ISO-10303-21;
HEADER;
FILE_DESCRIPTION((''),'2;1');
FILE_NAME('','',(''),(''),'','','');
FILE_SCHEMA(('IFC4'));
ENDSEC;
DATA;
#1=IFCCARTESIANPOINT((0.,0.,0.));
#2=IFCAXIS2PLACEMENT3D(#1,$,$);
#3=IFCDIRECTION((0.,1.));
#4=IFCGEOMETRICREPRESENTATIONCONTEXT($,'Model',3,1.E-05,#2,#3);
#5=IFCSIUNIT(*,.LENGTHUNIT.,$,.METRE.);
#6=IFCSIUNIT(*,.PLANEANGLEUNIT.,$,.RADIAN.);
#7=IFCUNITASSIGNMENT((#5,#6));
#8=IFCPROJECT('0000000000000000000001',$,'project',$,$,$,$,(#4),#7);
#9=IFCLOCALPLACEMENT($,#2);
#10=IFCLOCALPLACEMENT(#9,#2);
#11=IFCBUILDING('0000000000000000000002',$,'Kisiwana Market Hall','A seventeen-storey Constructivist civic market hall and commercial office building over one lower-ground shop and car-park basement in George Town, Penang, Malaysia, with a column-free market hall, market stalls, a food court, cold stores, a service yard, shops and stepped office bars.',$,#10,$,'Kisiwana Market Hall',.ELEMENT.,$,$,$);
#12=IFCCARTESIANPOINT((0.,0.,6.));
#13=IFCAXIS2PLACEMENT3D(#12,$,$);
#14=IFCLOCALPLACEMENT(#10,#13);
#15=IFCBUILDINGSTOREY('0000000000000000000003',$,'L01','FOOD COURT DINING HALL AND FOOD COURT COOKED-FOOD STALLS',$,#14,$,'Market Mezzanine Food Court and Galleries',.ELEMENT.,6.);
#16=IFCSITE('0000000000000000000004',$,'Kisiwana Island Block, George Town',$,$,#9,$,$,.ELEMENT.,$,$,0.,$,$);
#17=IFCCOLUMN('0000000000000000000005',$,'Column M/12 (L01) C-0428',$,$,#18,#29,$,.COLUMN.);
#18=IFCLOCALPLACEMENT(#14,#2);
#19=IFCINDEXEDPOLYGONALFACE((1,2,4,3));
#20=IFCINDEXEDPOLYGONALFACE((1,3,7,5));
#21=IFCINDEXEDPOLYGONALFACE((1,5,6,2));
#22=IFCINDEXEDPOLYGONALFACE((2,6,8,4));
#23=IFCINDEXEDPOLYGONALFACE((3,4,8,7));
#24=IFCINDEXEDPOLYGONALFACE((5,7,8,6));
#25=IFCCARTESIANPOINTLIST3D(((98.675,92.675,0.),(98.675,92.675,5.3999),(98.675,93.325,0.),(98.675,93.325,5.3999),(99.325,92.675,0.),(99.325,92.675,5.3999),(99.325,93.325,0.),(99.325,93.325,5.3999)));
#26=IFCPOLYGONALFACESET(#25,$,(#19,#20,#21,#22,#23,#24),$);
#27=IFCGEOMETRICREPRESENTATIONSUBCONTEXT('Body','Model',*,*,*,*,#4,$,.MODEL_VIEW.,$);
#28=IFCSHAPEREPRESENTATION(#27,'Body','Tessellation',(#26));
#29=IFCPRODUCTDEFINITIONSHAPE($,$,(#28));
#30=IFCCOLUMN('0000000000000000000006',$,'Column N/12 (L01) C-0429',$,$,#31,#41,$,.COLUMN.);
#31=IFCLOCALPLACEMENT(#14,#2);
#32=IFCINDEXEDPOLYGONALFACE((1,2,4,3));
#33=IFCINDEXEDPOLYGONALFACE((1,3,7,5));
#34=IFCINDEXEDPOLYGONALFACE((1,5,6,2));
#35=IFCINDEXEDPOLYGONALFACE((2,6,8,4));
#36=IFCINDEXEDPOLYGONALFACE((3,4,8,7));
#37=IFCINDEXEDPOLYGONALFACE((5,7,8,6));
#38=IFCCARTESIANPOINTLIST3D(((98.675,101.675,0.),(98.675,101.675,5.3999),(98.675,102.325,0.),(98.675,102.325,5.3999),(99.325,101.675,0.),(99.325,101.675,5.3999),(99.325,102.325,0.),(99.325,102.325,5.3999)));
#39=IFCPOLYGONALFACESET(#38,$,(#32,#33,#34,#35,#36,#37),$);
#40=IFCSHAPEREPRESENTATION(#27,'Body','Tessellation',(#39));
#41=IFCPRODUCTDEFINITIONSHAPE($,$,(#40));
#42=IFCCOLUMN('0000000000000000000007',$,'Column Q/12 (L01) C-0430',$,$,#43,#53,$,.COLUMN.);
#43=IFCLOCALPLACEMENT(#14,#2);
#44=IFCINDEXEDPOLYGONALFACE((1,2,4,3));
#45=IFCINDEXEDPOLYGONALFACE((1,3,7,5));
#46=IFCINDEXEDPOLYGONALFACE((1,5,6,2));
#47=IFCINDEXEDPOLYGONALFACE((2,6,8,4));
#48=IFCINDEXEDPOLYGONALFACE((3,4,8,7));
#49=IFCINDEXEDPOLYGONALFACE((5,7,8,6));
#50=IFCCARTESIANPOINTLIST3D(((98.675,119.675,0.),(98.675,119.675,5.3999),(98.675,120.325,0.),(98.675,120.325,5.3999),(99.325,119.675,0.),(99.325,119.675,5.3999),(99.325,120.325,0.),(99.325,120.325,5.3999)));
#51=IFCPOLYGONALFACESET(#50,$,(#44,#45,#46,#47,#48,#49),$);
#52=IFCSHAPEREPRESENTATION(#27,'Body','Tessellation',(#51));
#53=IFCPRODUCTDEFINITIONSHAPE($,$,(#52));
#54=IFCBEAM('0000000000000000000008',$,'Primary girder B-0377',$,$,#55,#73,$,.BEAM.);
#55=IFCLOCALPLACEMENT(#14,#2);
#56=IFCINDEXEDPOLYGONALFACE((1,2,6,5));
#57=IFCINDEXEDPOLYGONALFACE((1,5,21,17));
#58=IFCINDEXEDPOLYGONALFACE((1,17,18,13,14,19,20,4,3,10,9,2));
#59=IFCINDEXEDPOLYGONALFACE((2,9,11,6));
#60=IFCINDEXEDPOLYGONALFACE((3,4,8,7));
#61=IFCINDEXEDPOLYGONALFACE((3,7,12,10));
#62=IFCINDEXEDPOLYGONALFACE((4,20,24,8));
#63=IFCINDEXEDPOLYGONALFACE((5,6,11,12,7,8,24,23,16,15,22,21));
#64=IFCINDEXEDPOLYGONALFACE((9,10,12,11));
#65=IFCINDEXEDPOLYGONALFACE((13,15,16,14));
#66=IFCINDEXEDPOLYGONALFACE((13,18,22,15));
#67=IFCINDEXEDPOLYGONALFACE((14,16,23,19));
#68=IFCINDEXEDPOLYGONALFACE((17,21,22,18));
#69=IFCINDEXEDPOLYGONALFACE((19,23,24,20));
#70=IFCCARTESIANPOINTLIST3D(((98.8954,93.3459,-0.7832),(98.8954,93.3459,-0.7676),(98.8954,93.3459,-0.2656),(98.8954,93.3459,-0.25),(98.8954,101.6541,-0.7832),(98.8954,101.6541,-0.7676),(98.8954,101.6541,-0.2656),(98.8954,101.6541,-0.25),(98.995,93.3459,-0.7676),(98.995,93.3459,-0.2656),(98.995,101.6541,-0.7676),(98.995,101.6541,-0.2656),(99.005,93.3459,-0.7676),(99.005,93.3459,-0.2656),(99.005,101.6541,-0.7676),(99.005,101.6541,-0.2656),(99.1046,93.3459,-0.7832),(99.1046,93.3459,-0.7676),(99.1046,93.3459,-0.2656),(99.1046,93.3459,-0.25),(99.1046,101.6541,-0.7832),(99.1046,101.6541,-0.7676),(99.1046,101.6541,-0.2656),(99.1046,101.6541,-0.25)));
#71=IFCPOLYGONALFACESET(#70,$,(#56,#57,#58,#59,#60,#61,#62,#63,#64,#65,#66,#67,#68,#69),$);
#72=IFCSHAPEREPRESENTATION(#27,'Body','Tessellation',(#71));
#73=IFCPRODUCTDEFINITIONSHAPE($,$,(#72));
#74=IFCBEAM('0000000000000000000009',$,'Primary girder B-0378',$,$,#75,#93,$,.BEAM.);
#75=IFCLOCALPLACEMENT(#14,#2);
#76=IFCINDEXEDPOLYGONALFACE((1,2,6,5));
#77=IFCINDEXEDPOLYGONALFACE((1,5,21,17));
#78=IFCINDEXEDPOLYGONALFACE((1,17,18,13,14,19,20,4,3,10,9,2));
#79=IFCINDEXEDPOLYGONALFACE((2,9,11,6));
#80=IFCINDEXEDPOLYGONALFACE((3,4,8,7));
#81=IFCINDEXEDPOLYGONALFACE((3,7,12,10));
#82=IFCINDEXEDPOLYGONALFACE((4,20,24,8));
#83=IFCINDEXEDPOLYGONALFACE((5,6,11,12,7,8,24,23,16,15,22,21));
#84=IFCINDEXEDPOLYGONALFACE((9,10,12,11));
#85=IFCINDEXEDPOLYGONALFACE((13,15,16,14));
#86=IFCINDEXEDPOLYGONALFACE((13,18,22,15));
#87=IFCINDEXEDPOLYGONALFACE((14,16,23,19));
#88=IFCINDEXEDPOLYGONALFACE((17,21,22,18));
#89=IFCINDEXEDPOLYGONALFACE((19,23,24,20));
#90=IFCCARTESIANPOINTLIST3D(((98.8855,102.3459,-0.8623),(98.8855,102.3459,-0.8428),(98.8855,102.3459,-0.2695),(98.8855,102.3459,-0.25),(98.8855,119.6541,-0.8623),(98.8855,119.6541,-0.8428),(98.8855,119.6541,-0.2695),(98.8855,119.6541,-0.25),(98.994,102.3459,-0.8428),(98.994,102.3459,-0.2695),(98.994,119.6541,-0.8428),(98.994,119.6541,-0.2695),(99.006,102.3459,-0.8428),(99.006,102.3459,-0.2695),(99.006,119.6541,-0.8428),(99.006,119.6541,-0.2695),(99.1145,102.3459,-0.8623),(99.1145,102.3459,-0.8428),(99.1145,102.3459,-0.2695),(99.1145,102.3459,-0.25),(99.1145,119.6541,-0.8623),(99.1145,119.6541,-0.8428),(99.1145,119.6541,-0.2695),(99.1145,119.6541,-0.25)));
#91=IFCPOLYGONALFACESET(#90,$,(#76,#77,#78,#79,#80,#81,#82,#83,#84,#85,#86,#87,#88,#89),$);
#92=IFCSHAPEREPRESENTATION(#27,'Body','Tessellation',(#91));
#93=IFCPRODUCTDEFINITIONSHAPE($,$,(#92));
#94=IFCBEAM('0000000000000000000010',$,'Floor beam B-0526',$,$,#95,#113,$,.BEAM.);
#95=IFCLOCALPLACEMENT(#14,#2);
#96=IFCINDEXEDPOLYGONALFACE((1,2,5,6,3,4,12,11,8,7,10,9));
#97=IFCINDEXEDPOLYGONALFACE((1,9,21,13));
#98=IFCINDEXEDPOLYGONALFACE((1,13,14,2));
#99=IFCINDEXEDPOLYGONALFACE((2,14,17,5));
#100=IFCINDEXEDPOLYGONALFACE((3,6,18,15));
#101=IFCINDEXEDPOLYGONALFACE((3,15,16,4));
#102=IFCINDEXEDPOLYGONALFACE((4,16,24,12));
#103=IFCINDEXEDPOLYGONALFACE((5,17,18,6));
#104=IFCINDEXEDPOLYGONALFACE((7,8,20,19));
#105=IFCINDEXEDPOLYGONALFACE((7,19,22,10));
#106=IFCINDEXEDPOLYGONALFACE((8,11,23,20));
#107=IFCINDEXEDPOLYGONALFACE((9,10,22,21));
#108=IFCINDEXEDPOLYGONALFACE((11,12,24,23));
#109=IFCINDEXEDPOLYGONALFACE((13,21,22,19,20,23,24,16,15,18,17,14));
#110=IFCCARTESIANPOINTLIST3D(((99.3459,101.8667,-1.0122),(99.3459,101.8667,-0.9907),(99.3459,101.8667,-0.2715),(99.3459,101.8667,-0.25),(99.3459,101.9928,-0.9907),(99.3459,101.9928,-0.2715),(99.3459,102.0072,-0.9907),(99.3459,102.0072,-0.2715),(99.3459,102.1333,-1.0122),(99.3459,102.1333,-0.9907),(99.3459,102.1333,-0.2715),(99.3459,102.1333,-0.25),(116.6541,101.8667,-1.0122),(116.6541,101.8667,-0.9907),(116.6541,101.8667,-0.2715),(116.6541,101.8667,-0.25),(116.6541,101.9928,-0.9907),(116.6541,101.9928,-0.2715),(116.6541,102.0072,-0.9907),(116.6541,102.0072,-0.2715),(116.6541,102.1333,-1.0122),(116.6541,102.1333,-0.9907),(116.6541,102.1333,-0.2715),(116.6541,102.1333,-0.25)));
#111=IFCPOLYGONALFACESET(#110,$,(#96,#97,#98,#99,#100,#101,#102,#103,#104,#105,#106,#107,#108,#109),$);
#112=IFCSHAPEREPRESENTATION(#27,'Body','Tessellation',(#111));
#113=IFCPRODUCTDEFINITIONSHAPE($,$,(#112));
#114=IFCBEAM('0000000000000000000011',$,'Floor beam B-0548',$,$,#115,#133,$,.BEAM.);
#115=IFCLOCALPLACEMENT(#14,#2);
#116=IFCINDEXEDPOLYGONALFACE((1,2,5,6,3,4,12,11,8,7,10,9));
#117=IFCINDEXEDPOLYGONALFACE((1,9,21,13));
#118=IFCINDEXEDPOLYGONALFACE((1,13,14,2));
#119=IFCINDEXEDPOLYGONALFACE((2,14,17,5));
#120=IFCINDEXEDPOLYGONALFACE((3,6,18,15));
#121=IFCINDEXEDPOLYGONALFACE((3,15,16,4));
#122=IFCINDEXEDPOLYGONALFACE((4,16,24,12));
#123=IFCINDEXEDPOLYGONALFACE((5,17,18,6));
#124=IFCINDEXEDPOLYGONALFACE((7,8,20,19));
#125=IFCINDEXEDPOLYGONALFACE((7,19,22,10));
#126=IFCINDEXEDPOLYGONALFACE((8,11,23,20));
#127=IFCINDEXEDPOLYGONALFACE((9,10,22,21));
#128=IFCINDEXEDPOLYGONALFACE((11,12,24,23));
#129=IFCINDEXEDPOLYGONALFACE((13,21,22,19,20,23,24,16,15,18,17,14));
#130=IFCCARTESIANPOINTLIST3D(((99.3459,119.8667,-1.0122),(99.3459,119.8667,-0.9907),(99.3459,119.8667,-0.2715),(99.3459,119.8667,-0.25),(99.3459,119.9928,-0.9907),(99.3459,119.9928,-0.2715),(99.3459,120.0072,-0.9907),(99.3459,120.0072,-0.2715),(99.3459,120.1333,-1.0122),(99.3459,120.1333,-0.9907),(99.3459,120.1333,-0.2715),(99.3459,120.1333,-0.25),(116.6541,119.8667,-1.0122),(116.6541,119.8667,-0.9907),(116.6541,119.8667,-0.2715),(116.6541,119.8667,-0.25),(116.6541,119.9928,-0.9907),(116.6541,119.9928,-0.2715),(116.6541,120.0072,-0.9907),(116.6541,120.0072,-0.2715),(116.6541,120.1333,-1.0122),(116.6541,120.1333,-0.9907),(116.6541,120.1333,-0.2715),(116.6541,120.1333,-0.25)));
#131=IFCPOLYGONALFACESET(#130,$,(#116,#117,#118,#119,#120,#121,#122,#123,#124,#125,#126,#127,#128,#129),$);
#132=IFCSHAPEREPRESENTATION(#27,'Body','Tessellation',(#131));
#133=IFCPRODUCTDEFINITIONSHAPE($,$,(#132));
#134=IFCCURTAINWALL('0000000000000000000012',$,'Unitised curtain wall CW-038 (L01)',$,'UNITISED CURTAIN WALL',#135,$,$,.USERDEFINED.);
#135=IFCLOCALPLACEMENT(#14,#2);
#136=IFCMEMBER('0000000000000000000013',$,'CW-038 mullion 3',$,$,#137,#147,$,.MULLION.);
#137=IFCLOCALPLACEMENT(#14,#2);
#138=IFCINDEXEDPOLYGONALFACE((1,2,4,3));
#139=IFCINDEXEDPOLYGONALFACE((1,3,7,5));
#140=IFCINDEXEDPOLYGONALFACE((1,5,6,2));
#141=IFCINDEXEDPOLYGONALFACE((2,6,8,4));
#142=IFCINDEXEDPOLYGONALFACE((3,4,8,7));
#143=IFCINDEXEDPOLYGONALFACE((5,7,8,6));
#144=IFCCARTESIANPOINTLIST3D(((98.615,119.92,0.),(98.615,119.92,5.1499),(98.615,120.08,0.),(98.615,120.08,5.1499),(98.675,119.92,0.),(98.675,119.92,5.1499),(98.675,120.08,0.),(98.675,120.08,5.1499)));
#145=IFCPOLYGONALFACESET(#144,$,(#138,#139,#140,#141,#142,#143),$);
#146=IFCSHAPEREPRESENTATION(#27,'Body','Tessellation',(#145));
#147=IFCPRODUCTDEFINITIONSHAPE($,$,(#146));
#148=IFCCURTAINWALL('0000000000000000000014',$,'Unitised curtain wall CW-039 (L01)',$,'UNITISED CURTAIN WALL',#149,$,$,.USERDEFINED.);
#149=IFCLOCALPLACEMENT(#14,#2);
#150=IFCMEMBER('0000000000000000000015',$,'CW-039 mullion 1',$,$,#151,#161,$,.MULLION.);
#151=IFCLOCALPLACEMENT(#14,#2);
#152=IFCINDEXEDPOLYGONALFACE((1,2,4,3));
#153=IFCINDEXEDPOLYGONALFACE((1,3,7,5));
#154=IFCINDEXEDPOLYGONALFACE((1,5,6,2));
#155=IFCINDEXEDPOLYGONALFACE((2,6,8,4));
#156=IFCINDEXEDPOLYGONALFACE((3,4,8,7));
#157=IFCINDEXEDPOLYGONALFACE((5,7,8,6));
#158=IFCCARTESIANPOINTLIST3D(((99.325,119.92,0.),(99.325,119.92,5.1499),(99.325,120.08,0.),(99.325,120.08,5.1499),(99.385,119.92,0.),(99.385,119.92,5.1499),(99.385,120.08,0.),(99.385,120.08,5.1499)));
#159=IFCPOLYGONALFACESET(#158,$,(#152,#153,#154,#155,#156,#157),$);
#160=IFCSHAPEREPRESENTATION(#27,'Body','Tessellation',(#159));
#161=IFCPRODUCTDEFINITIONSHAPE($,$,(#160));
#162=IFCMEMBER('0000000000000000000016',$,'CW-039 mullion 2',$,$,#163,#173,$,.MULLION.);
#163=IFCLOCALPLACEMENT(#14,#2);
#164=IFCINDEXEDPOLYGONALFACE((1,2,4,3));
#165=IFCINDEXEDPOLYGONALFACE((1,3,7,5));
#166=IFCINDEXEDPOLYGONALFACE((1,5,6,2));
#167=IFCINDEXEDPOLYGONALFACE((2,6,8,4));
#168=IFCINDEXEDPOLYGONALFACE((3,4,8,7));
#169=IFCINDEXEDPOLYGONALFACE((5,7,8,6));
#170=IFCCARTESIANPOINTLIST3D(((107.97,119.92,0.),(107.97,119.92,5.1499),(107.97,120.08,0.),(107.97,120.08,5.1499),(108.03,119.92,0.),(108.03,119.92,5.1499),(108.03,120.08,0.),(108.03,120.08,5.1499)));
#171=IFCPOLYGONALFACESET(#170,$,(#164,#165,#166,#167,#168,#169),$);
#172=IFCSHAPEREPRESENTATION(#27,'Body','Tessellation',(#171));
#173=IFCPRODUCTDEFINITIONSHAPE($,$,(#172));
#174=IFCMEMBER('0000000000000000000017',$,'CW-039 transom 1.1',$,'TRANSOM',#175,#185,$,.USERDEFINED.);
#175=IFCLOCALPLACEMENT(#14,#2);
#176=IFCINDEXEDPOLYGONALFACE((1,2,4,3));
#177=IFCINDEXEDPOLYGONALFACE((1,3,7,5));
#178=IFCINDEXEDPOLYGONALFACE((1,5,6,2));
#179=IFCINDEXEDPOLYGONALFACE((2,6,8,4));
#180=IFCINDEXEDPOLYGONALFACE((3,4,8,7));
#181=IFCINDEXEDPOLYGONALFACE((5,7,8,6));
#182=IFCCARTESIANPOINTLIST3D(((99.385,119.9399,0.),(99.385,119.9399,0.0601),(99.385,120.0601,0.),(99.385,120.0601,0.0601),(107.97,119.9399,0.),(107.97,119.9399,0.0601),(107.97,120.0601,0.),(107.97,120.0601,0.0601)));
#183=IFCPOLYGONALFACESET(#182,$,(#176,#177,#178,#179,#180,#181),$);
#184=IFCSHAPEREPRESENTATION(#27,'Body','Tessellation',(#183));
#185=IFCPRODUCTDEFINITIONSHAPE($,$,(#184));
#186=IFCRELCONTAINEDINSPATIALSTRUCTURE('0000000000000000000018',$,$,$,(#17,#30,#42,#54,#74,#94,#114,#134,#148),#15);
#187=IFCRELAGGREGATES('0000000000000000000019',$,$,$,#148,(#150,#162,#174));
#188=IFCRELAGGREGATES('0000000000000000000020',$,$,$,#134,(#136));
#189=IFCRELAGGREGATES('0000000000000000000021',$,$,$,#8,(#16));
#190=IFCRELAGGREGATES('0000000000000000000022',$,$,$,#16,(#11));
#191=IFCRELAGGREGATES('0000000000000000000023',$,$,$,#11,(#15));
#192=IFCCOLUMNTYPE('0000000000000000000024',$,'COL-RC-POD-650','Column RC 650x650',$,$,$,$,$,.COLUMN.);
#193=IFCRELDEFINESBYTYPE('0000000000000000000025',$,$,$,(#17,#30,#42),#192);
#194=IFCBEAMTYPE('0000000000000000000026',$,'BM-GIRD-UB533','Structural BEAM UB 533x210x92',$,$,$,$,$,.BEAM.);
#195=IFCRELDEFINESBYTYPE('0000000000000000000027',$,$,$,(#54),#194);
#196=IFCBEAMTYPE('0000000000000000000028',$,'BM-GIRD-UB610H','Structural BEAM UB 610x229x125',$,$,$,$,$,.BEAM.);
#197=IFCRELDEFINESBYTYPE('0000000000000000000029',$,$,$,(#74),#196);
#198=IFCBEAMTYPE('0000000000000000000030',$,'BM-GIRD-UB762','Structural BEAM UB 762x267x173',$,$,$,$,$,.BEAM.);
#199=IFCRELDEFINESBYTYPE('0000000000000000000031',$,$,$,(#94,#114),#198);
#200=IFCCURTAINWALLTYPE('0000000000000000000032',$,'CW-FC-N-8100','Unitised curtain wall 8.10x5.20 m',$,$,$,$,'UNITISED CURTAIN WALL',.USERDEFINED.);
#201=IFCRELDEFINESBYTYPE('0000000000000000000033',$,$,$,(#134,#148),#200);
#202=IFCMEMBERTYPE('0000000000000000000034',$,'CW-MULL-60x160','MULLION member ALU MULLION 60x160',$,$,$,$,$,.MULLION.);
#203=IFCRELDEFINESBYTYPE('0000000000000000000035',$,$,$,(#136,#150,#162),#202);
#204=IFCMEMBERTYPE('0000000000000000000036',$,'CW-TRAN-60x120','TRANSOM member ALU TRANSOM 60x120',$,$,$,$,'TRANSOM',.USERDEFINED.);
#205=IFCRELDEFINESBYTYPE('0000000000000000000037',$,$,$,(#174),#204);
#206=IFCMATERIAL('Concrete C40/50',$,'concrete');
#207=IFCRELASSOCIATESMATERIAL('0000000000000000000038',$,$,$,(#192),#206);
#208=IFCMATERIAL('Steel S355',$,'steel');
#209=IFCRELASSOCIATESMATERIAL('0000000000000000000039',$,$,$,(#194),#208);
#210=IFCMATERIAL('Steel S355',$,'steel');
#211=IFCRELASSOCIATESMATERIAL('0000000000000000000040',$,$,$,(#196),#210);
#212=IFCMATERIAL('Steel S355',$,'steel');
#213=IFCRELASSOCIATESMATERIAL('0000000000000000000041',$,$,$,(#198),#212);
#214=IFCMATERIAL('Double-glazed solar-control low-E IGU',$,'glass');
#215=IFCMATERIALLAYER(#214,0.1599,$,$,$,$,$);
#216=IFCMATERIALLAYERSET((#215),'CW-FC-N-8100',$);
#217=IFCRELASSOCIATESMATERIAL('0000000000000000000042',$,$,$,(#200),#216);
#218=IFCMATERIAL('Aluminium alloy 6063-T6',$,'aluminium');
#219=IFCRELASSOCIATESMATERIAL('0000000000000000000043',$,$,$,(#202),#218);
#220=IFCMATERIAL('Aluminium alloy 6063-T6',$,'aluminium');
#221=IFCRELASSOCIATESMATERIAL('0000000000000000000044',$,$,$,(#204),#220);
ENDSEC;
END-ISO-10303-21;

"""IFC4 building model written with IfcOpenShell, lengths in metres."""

from ifc_helpers import new_model, si_unit, direction, frame, origin, origin_2d, place, context, subcontext, project, spatial, rectangle, i_section, extrude, material, layer, layer_set, material_profile, profile_set, type_object, element, aggregate, save


model = new_model("IFC4")

# Units and contexts
model_context = context("Model", 3, precision=1e-05, world=origin(), true_north=direction((0.0, 1.0)))
body_context = subcontext(model_context, "Body", "Model", "MODEL_VIEW")
ifc_project = project(units=[si_unit("LENGTHUNIT", "METRE"), si_unit("PLANEANGLEUNIT", "RADIAN")], contexts=[model_context])

# Site, building, storey
site_placement = place(None, origin())
site = spatial("IfcSite", under=ifc_project, at=site_placement, Name="Kisiwana Island Block, George Town", CompositionType="ELEMENT", RefElevation=0.0)
building_placement = place(site_placement, origin())
building = spatial("IfcBuilding", under=site, at=building_placement, Name="Kisiwana Market Hall", Description="A seventeen-storey Constructivist civic market hall and commercial office building over one lower-ground shop and car-park basement in George Town, Penang, Malaysia, with a column-free market hall, market stalls, a food court, cold stores, a service yard, shops and stepped office bars.", LongName="Kisiwana Market Hall", CompositionType="ELEMENT")
storey_placement = place(building_placement, frame((0.0, 0.0, 6.0)))
storey = spatial("IfcBuildingStorey", under=building, at=storey_placement, Name="L01", Description="FOOD COURT DINING HALL AND FOOD COURT COOKED-FOOD STALLS", LongName="Market Mezzanine Food Court and Galleries", CompositionType="ELEMENT", Elevation=6.0)

# Columns
ifc_material_1 = material(Name="Concrete C40/50", Category="concrete")
ifc_material_profile_1 = material_profile(ifc_material_1, rectangle(XDim=0.6499, YDim=0.6499, at=origin_2d()), Name="RC 650x650")
ifc_profile_set_1 = profile_set([ifc_material_profile_1], Name="Concrete C40/50")
column_type = type_object("IfcColumnType", Name="COL-RC-POD-650", Description="Column RC 650x650", PredefinedType="COLUMN", material=ifc_profile_set_1)
for number, where, z_axis, x_axis, name in (
    (1, (99.0, 93.0, 0.0), (0.0, 0.0, 1.0), (1.0, 0.0, 0.0), "Column M/12 (L01) C-0428"),
    (2, (99.0, 102.0, 0.0), (0.0, 0.0, 1.0), (1.0, 0.0, 0.0), "Column N/12 (L01) C-0429"),
    (3, (99.0, 120.0, 0.0), (0.0, 0.0, 1.0), (1.0, 0.0, 0.0), "Column Q/12 (L01) C-0430"),
):
    element("IfcColumn", number, at=place(storey_placement, frame(where, z_axis=z_axis, x_axis=x_axis)), inside=storey, type_object=column_type, Name=name, PredefinedType="COLUMN", context=body_context, shape_type="SweptSolid", body=[
        extrude(rectangle(XDim=0.6499, YDim=0.6499, at=origin_2d()), origin(), (0.0, 0.0, 1.0), 5.3999),
    ])

# Beams
ifc_material_2 = material(Name="Steel S355", Category="steel")
ifc_material_profile_2 = material_profile(ifc_material_2, i_section(OverallWidth=0.2092, OverallDepth=0.5332, WebThickness=0.01, FlangeThickness=0.0156, at=origin_2d()), Name="UB 533x210x92")
ifc_profile_set_2 = profile_set([ifc_material_profile_2], Name="Steel S355")
beam_type_1 = type_object("IfcBeamType", Name="BM-GIRD-UB533", Description="Structural BEAM UB 533x210x92", PredefinedType="BEAM", material=ifc_profile_set_2)
beam_1_placement = place(storey_placement, frame((99.0, 93.3459, -0.5166), z_axis=(0.0, 1.0, 0.0), x_axis=(-1.0, 0.0, 0.0)))
element("IfcBeam", 4, at=beam_1_placement, inside=storey, type_object=beam_type_1, Name="Primary girder B-0377", PredefinedType="BEAM", context=body_context, shape_type="SweptSolid", body=[
    extrude(i_section(OverallWidth=0.2092, OverallDepth=0.5332, WebThickness=0.01, FlangeThickness=0.0156, at=origin_2d()), origin(), (0.0, 0.0, 1.0), 8.3081),
])
ifc_material_3 = material(Name="Steel S355", Category="steel")
ifc_material_profile_3 = material_profile(ifc_material_3, i_section(OverallWidth=0.229, OverallDepth=0.6123, WebThickness=0.012, FlangeThickness=0.0195, at=origin_2d()), Name="UB 610x229x125")
ifc_profile_set_3 = profile_set([ifc_material_profile_3], Name="Steel S355")
beam_type_2 = type_object("IfcBeamType", Name="BM-GIRD-UB610H", Description="Structural BEAM UB 610x229x125", PredefinedType="BEAM", material=ifc_profile_set_3)
beam_2_placement = place(storey_placement, frame((99.0, 102.3459, -0.5562), z_axis=(0.0, 1.0, 0.0), x_axis=(-1.0, 0.0, 0.0)))
element("IfcBeam", 5, at=beam_2_placement, inside=storey, type_object=beam_type_2, Name="Primary girder B-0378", PredefinedType="BEAM", context=body_context, shape_type="SweptSolid", body=[
    extrude(i_section(OverallWidth=0.229, OverallDepth=0.6123, WebThickness=0.012, FlangeThickness=0.0195, at=origin_2d()), origin(), (0.0, 0.0, 1.0), 17.3081),
])
ifc_material_4 = material(Name="Steel S355", Category="steel")
ifc_material_profile_4 = material_profile(ifc_material_4, i_section(OverallWidth=0.2666, OverallDepth=0.7622, WebThickness=0.0144, FlangeThickness=0.0215, at=origin_2d()), Name="UB 762x267x173")
ifc_profile_set_4 = profile_set([ifc_material_profile_4], Name="Steel S355")
beam_type_3 = type_object("IfcBeamType", Name="BM-GIRD-UB762", Description="Structural BEAM UB 762x267x173", PredefinedType="BEAM", material=ifc_profile_set_4)
for number, where, z_axis, x_axis, name in (
    (6, (99.3459, 102.0, -0.6311), (1.0, 0.0, 0.0), (0.0, 1.0, 0.0), "Floor beam B-0526"),
    (7, (99.3459, 120.0, -0.6311), (1.0, 0.0, 0.0), (0.0, 1.0, 0.0), "Floor beam B-0548"),
):
    element("IfcBeam", number, at=place(storey_placement, frame(where, z_axis=z_axis, x_axis=x_axis)), inside=storey, type_object=beam_type_3, Name=name, PredefinedType="BEAM", context=body_context, shape_type="SweptSolid", body=[
        extrude(i_section(OverallWidth=0.2666, OverallDepth=0.7622, WebThickness=0.0144, FlangeThickness=0.0215, at=origin_2d()), origin(), (0.0, 0.0, 1.0), 17.3081),
    ])

# Curtain wall, member
ifc_material_5 = material(Name="Double-glazed solar-control low-E IGU", Category="glass")
ifc_layer_1 = layer(ifc_material_5, 0.1599)
ifc_layer_set_1 = layer_set([ifc_layer_1], Name="CW-FC-N-8100")
curtain_wall_type = type_object("IfcCurtainWallType", Name="CW-FC-N-8100", Description="Unitised curtain wall 8.10x5.20 m", ElementType="UNITISED CURTAIN WALL", PredefinedType="USERDEFINED", material=ifc_layer_set_1)
curtain_wall_1_placement = place(storey_placement, origin())
curtain_wall_1 = element("IfcCurtainWall", 8, at=curtain_wall_1_placement, inside=storey, type_object=curtain_wall_type, Name="Unitised curtain wall CW-038 (L01)", ObjectType="UNITISED CURTAIN WALL", PredefinedType="USERDEFINED")
ifc_material_6 = material(Name="Aluminium alloy 6063-T6", Category="aluminium")
ifc_material_profile_5 = material_profile(ifc_material_6, rectangle(XDim=0.0601, YDim=0.1599, at=origin_2d()), Name="ALU MULLION 60x160")
ifc_profile_set_5 = profile_set([ifc_material_profile_5], Name="Aluminium alloy 6063-T6")
member_type_1 = type_object("IfcMemberType", Name="CW-MULL-60x160", Description="MULLION member ALU MULLION 60x160", PredefinedType="MULLION", material=ifc_profile_set_5)
member_1_placement = place(storey_placement, frame((98.645, 120.0, 0.0), z_axis=(0.0, 0.0, 1.0), x_axis=(1.0, 0.0, 0.0)))
member_1 = element("IfcMember", 9, at=member_1_placement, type_object=member_type_1, Name="CW-038 mullion 3", PredefinedType="MULLION", context=body_context, shape_type="SweptSolid", body=[
    extrude(rectangle(XDim=0.0601, YDim=0.1599, at=origin_2d()), origin(), (0.0, 0.0, 1.0), 5.1499),
])

# Curtain wall, members
curtain_wall_2_placement = place(storey_placement, origin())
curtain_wall_2 = element("IfcCurtainWall", 10, at=curtain_wall_2_placement, inside=storey, type_object=curtain_wall_type, Name="Unitised curtain wall CW-039 (L01)", ObjectType="UNITISED CURTAIN WALL", PredefinedType="USERDEFINED")
member_2_placement = place(storey_placement, frame((99.355, 120.0, 0.0), z_axis=(0.0, 0.0, 1.0), x_axis=(1.0, 0.0, 0.0)))
member_2 = element("IfcMember", 11, at=member_2_placement, type_object=member_type_1, Name="CW-039 mullion 1", PredefinedType="MULLION", context=body_context, shape_type="SweptSolid", body=[
    extrude(rectangle(XDim=0.0601, YDim=0.1599, at=origin_2d()), origin(), (0.0, 0.0, 1.0), 5.1499),
])
member_3_placement = place(storey_placement, frame((108.0, 120.0, 0.0), z_axis=(0.0, 0.0, 1.0), x_axis=(1.0, 0.0, 0.0)))
member_3 = element("IfcMember", 12, at=member_3_placement, type_object=member_type_1, Name="CW-039 mullion 2", PredefinedType="MULLION", context=body_context, shape_type="SweptSolid", body=[
    extrude(rectangle(XDim=0.0601, YDim=0.1599, at=origin_2d()), origin(), (0.0, 0.0, 1.0), 5.1499),
])
ifc_material_7 = material(Name="Aluminium alloy 6063-T6", Category="aluminium")
ifc_material_profile_6 = material_profile(ifc_material_7, rectangle(XDim=0.1201, YDim=0.0601, at=origin_2d()), Name="ALU TRANSOM 60x120")
ifc_profile_set_6 = profile_set([ifc_material_profile_6], Name="Aluminium alloy 6063-T6")
member_type_2 = type_object("IfcMemberType", Name="CW-TRAN-60x120", Description="TRANSOM member ALU TRANSOM 60x120", ElementType="TRANSOM", PredefinedType="USERDEFINED", material=ifc_profile_set_6)
member_4_placement = place(storey_placement, frame((99.385, 120.0, 0.03), z_axis=(1.0, 0.0, 0.0), x_axis=(0.0, 1.0, 0.0)))
member_4 = element("IfcMember", 13, at=member_4_placement, type_object=member_type_2, Name="CW-039 transom 1.1", ObjectType="TRANSOM", PredefinedType="USERDEFINED", context=body_context, shape_type="SweptSolid", body=[
    extrude(rectangle(XDim=0.1201, YDim=0.0601, at=origin_2d()), origin(), (0.0, 0.0, 1.0), 8.585),
])
aggregate(curtain_wall_2, [member_2, member_3, member_4])

aggregate(curtain_wall_1, [member_1])

save(model, "model.ifc")
